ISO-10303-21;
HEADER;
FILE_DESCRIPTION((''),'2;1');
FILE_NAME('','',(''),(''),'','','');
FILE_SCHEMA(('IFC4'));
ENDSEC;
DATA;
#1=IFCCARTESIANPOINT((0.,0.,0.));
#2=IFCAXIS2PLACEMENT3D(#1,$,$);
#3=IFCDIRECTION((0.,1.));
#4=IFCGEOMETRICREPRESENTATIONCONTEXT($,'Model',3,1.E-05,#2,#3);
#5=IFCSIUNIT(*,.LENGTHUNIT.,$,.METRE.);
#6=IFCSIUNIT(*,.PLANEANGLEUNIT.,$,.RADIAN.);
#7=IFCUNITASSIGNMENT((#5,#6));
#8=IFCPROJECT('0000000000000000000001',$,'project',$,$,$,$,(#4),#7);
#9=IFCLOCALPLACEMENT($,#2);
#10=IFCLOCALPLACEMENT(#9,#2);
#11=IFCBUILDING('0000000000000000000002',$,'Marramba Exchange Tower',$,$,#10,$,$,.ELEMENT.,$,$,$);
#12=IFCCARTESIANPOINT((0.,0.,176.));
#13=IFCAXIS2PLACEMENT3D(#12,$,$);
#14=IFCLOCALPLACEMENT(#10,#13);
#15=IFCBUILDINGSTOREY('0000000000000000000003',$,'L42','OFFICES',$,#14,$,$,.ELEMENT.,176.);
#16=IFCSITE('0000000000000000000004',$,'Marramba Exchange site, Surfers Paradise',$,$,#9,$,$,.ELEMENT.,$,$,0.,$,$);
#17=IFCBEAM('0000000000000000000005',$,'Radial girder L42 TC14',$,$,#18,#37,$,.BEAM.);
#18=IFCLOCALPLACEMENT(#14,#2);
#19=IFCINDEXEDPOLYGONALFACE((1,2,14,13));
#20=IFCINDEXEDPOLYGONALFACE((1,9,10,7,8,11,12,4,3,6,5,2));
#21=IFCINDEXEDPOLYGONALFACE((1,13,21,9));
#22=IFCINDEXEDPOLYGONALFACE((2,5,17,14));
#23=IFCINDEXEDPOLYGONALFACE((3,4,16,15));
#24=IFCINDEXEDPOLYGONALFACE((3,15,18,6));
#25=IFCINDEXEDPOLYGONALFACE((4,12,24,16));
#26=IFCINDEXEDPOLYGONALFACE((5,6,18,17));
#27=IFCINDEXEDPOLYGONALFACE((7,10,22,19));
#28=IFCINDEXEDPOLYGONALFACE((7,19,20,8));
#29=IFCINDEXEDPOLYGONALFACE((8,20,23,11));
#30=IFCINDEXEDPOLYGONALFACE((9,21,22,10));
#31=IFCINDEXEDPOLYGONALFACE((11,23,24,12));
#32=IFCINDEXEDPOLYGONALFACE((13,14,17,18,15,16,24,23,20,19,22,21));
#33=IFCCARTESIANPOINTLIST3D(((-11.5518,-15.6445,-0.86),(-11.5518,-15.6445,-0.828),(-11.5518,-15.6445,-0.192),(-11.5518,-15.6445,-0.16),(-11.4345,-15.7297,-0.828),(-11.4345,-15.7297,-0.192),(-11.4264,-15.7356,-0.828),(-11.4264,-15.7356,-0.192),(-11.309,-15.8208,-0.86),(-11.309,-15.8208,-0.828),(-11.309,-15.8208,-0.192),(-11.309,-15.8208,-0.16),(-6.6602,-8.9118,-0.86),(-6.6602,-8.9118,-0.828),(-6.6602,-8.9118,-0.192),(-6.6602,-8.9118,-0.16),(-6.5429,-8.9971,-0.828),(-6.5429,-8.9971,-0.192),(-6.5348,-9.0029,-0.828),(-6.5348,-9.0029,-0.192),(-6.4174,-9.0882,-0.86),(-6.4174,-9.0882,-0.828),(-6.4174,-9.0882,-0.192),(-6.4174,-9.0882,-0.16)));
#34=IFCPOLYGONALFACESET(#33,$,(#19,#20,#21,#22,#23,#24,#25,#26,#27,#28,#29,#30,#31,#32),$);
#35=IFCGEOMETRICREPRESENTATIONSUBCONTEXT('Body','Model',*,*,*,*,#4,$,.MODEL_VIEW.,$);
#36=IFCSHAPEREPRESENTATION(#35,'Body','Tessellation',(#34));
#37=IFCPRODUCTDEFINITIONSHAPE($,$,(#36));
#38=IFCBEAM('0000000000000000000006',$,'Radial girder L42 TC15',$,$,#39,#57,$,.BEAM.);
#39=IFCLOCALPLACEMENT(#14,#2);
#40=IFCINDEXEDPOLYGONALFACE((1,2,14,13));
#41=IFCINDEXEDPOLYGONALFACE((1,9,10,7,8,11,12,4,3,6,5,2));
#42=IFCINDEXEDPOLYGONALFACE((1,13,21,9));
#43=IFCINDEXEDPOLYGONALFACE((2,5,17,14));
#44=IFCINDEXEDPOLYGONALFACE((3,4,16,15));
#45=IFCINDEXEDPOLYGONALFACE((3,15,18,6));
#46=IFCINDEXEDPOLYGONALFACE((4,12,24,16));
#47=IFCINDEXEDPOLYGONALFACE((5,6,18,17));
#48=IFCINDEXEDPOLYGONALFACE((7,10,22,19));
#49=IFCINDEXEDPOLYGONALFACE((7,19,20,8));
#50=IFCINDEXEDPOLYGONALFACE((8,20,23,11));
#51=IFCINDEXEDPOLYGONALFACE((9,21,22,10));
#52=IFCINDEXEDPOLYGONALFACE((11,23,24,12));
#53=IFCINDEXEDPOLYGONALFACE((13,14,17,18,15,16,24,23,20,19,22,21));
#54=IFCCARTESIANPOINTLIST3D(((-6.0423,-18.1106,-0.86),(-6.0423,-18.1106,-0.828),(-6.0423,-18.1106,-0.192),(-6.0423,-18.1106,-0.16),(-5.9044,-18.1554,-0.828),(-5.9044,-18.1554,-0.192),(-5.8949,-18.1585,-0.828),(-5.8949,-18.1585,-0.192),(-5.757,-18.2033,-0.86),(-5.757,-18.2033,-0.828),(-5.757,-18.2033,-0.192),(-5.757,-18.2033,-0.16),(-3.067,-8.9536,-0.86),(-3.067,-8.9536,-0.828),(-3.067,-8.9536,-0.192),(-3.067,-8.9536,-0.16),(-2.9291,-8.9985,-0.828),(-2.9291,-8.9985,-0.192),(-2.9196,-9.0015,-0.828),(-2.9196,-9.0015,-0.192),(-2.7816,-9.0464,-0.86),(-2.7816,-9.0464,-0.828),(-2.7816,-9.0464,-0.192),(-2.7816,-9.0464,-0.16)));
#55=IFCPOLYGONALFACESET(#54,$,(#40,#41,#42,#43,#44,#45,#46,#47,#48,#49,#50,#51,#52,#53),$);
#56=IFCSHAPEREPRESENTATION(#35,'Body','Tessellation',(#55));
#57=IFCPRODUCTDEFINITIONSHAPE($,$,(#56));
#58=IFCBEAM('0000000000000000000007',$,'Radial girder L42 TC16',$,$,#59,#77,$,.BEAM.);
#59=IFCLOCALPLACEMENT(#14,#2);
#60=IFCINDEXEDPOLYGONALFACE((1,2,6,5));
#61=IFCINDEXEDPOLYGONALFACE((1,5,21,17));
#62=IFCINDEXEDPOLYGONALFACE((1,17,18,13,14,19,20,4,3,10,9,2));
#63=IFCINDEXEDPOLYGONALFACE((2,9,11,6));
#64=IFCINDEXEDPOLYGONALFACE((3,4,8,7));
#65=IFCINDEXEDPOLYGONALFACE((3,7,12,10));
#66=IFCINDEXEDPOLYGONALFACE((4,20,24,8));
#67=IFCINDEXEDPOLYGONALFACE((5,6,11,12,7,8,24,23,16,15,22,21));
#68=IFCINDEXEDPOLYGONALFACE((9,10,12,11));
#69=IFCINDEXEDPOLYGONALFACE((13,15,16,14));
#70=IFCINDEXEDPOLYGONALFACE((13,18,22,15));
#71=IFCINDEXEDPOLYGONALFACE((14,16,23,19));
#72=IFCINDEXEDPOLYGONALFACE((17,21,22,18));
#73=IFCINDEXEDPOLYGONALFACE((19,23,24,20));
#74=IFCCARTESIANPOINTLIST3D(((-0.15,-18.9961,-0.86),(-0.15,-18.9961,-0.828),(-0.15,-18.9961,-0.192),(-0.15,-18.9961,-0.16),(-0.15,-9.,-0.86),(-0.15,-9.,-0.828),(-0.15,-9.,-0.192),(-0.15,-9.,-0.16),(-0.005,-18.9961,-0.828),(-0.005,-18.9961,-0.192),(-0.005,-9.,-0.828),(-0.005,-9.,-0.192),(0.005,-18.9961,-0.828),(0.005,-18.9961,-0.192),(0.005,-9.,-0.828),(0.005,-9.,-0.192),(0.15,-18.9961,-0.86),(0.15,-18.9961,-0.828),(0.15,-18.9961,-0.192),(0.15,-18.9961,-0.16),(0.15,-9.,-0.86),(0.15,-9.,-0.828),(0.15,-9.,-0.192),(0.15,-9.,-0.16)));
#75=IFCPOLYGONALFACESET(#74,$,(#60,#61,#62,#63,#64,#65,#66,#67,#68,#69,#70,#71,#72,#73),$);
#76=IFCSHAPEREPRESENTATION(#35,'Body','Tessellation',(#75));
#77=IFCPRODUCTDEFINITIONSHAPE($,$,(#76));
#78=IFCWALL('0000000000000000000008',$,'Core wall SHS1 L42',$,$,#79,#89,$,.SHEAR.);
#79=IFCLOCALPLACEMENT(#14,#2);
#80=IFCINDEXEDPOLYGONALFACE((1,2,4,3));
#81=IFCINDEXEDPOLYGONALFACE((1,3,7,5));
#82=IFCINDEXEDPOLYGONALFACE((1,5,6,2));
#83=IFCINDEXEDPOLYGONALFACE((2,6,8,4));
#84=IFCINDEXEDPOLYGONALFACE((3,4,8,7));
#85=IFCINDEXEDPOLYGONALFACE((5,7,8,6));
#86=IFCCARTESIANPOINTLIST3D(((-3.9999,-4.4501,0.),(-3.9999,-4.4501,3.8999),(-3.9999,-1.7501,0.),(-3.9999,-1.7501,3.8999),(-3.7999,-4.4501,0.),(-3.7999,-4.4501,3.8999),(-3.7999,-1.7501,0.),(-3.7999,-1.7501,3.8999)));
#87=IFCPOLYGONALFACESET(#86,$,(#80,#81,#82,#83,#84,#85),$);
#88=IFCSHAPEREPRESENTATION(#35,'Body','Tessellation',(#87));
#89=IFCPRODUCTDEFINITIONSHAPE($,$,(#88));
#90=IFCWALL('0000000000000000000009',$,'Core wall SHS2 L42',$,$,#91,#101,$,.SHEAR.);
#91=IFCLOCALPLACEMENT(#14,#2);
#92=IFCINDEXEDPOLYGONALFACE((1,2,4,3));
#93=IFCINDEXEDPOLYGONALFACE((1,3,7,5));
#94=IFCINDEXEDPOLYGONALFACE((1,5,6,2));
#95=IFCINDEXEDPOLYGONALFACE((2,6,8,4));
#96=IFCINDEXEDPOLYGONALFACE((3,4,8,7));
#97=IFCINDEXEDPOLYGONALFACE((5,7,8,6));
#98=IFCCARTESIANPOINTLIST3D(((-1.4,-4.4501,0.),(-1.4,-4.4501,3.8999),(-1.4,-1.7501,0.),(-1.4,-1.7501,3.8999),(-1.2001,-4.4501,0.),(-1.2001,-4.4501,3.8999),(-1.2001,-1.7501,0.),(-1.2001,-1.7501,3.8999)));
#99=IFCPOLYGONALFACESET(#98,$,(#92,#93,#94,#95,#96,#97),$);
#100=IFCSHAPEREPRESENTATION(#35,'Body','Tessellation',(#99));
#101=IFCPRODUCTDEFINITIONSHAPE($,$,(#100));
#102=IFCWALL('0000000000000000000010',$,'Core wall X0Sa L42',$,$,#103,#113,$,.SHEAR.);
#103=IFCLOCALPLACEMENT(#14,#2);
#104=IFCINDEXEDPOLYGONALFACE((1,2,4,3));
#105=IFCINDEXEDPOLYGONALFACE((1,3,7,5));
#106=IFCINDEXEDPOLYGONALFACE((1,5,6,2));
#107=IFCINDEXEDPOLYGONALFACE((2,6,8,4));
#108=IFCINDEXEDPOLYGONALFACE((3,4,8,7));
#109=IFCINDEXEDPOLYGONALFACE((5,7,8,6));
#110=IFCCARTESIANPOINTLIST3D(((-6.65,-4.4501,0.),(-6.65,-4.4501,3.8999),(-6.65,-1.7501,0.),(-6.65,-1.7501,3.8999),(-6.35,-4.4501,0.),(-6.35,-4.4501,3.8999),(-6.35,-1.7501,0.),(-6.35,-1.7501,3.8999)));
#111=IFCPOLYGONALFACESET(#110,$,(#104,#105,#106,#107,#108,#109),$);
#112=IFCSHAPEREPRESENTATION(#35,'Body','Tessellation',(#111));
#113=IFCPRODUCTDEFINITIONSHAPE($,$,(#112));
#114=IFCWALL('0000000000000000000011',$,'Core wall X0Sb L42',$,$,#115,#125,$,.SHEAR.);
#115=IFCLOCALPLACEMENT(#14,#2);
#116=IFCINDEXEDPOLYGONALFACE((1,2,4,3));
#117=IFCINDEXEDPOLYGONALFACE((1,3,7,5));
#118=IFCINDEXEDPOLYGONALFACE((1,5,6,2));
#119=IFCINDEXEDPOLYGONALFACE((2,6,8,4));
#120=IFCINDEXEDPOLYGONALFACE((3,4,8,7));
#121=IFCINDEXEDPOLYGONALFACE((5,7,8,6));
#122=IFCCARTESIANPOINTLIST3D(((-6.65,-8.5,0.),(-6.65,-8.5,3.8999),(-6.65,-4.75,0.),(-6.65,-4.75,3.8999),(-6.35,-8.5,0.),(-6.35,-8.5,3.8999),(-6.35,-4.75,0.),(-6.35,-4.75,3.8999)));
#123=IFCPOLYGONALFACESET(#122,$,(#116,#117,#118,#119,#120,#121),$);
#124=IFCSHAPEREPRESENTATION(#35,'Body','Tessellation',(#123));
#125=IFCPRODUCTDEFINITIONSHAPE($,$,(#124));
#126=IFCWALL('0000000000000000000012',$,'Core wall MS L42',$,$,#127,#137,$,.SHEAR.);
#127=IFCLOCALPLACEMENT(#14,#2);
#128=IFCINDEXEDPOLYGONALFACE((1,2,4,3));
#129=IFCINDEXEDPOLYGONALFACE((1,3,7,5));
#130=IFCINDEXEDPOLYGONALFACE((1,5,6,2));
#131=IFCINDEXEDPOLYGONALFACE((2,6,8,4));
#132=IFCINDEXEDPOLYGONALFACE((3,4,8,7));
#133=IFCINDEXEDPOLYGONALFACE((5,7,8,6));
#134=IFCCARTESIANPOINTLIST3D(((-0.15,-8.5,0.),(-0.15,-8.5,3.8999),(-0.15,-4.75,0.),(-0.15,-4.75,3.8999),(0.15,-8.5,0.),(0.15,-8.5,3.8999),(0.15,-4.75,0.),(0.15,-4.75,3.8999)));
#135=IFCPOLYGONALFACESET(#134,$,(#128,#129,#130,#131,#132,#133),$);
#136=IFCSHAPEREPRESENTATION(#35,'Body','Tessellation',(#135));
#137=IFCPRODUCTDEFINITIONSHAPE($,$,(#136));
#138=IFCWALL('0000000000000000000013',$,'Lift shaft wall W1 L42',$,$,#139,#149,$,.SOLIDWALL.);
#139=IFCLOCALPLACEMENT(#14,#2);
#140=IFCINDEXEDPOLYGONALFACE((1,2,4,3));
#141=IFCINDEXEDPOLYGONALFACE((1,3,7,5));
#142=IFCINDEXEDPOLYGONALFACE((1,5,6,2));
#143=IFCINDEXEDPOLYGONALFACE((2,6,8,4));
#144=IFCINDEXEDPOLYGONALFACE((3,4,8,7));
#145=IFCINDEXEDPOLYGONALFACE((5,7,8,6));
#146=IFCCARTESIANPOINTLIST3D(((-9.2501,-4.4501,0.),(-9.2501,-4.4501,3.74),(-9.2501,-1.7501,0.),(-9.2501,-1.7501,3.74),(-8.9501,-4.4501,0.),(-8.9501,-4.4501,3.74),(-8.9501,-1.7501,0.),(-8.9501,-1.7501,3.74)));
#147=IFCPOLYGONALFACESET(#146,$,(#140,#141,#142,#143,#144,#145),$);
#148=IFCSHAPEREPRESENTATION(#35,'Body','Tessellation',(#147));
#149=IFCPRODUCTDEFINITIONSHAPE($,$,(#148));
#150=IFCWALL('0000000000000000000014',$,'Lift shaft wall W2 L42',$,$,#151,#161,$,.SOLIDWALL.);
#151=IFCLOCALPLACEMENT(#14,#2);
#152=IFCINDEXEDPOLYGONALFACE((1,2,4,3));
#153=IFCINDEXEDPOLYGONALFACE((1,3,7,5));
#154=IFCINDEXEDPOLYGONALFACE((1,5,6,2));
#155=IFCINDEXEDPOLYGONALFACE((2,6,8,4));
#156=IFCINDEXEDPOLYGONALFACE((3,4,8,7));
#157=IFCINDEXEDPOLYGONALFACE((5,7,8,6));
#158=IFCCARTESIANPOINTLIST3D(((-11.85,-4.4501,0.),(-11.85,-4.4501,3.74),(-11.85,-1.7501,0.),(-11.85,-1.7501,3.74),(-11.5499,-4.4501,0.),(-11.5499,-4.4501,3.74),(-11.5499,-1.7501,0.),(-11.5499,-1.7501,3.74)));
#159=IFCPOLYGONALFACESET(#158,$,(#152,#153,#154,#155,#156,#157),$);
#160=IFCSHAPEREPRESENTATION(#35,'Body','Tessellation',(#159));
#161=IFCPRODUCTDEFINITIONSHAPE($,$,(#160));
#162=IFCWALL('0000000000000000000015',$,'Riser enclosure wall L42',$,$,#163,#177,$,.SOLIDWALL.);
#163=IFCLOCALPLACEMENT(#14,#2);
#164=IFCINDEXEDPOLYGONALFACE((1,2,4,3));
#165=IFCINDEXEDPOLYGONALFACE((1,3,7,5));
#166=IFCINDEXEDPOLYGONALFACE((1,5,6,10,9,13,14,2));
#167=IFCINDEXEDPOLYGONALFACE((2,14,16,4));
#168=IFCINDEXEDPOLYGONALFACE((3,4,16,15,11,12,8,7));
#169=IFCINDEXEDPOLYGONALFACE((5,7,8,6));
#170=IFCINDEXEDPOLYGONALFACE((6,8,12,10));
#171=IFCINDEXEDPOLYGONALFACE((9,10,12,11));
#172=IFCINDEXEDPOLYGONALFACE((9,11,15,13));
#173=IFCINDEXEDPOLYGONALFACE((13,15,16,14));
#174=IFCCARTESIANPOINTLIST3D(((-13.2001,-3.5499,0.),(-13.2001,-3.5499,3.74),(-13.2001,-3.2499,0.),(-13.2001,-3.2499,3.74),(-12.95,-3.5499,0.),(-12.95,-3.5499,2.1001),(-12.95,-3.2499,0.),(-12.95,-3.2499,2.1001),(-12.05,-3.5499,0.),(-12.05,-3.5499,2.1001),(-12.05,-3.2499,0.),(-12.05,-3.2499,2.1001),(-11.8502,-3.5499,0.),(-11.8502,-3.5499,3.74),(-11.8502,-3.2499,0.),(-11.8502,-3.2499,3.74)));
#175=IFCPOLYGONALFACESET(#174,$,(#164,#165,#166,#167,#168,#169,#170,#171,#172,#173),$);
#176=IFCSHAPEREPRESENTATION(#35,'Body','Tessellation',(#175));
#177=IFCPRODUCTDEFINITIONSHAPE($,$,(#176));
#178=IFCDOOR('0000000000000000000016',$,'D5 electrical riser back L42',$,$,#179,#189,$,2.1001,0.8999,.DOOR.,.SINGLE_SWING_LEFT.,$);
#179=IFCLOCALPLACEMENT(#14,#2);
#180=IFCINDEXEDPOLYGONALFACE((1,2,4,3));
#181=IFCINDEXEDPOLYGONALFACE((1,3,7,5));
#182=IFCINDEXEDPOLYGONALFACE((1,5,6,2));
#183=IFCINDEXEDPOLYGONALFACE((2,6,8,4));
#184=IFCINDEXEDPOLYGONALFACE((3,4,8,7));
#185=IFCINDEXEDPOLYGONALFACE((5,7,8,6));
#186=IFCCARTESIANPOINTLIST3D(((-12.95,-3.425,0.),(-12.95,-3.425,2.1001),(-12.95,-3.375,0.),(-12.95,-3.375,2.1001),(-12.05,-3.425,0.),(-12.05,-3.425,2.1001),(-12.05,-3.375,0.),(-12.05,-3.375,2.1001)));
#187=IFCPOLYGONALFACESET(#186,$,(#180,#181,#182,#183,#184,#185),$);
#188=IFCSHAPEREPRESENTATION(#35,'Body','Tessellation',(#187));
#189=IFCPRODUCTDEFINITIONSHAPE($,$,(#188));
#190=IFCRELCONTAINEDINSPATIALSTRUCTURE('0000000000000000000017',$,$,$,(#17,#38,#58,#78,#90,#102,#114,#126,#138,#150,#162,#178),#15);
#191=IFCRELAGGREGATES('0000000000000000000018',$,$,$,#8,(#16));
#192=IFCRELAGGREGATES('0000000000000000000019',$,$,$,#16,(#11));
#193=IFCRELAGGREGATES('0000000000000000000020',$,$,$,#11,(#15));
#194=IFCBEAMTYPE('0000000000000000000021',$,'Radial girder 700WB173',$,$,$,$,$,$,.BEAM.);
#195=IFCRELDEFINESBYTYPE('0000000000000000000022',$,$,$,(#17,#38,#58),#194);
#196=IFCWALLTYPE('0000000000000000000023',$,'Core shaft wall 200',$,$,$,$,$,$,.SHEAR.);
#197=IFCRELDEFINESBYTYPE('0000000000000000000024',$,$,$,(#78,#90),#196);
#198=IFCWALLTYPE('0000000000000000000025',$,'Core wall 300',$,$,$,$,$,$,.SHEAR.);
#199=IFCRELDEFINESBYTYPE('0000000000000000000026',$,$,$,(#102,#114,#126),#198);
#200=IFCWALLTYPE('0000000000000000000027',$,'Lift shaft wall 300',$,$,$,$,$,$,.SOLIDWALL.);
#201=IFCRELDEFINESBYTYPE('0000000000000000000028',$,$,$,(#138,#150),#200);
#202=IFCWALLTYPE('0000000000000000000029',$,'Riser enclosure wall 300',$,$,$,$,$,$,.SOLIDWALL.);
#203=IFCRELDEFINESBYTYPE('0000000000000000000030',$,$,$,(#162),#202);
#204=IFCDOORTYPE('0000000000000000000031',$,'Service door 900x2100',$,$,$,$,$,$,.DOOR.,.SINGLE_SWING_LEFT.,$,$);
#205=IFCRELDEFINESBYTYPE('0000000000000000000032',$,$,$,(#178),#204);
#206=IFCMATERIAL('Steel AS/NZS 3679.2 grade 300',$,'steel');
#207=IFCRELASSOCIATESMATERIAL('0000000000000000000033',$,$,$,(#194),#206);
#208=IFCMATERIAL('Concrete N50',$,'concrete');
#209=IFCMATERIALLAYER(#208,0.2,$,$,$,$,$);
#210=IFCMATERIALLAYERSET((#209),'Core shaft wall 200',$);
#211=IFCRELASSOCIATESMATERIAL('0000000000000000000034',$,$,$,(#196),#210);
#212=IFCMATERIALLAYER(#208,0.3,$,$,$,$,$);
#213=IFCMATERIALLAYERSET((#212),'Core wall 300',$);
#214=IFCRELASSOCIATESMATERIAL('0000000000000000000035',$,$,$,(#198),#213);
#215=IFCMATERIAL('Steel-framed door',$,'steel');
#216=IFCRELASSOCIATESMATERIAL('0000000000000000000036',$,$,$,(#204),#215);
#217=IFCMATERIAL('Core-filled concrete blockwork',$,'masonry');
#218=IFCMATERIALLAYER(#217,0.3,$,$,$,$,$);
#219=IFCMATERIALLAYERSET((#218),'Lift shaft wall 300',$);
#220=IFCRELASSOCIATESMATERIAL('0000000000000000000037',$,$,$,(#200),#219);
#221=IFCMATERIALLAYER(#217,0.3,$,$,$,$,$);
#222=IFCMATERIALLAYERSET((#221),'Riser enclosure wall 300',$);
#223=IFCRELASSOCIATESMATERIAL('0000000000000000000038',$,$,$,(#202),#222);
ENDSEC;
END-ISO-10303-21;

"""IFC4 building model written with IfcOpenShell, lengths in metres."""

from ifc_helpers import new_model, si_unit, direction, frame, frame_2d, origin, origin_2d, place, context, subcontext, project, spatial, rectangle, i_section, extrude, material, layer, layer_set, material_profile, profile_set, type_object, element, fill, save


model = new_model("IFC4")

# Units and contexts
model_context = context("Model", 3, precision=1e-05, world=origin(), true_north=direction((0.0, 1.0)))
body_context = subcontext(model_context, "Body", "Model", "MODEL_VIEW")
ifc_project = project(units=[si_unit("LENGTHUNIT", "METRE"), si_unit("PLANEANGLEUNIT", "RADIAN")], contexts=[model_context])

# Site, building, storey
site_placement = place(None, origin())
site = spatial("IfcSite", under=ifc_project, at=site_placement, Name="Marramba Exchange site, Surfers Paradise", CompositionType="ELEMENT", RefElevation=0.0)
building_placement = place(site_placement, origin())
building = spatial("IfcBuilding", under=site, at=building_placement, Name="Marramba Exchange Tower", CompositionType="ELEMENT")
storey_placement = place(building_placement, frame((0.0, 0.0, 176.0)))
storey = spatial("IfcBuildingStorey", under=building, at=storey_placement, Name="L42", Description="OFFICES", CompositionType="ELEMENT", Elevation=176.0)

# Beams
ifc_material_1 = material(Name="Steel AS/NZS 3679.2 grade 300", Category="steel")
ifc_material_profile = material_profile(ifc_material_1, i_section(OverallWidth=0.3, OverallDepth=0.7, WebThickness=0.01, FlangeThickness=0.032, at=origin_2d()), Name="700WB173")
ifc_profile_set = profile_set([ifc_material_profile], Name="Steel AS/NZS 3679.2 grade 300")
beam_type = type_object("IfcBeamType", Name="Radial girder 700WB173", PredefinedType="BEAM", material=ifc_profile_set)
beam_1_placement = place(storey_placement, frame((-6.5388, -9.0, -0.51), z_axis=(-0.587788, -0.809015, 0.0), x_axis=(0.809015, -0.587788, 0.0)))
element("IfcBeam", 1, at=beam_1_placement, inside=storey, type_object=beam_type, Name="Radial girder L42 TC14", PredefinedType="BEAM", context=body_context, shape_type="SweptSolid", body=[
    extrude(i_section(OverallWidth=0.3, OverallDepth=0.7, WebThickness=0.01, FlangeThickness=0.032, at=origin_2d()), origin(), (0.0, 0.0, 1.0), 8.322),
])
beam_2_placement = place(storey_placement, frame((-2.9243, -9.0, -0.51), z_axis=(-0.309022, -0.951055, 0.0), x_axis=(0.951055, -0.309022, 0.0)))
element("IfcBeam", 2, at=beam_2_placement, inside=storey, type_object=beam_type, Name="Radial girder L42 TC15", PredefinedType="BEAM", context=body_context, shape_type="SweptSolid", body=[
    extrude(i_section(OverallWidth=0.3, OverallDepth=0.7, WebThickness=0.01, FlangeThickness=0.032, at=origin_2d()), origin(), (0.0, 0.0, 1.0), 9.6282),
])
beam_3_placement = place(storey_placement, frame((0.0, -9.0, -0.51), z_axis=(0.0, -1.0, 0.0), x_axis=(1.0, 0.0, 0.0)))
element("IfcBeam", 3, at=beam_3_placement, inside=storey, type_object=beam_type, Name="Radial girder L42 TC16", PredefinedType="BEAM", context=body_context, shape_type="SweptSolid", body=[
    extrude(i_section(OverallWidth=0.3, OverallDepth=0.7, WebThickness=0.01, FlangeThickness=0.032, at=origin_2d()), origin(), (0.0, 0.0, 1.0), 9.9961),
])

# Walls
ifc_material_2 = material(Name="Concrete N50", Category="concrete")
ifc_layer_1 = layer(ifc_material_2, 0.2)
ifc_layer_set_1 = layer_set([ifc_layer_1], Name="Core shaft wall 200")
wall_type_1 = type_object("IfcWallType", Name="Core shaft wall 200", PredefinedType="SHEAR", material=ifc_layer_set_1)
for number, where, z_axis, x_axis, name in (
    (4, (-3.8999, -1.75, 0.0), (0.0, 0.0, 1.0), (0.0, -1.0, 0.0), "Core wall SHS1 L42"),
    (5, (-1.3, -1.75, 0.0), (0.0, 0.0, 1.0), (0.0, -1.0, 0.0), "Core wall SHS2 L42"),
):
    element("IfcWall", number, at=place(storey_placement, frame(where, z_axis=z_axis, x_axis=x_axis)), inside=storey, type_object=wall_type_1, Name=name, PredefinedType="SHEAR", context=body_context, shape_type="SweptSolid", body=[
        extrude(rectangle(XDim=2.7, YDim=0.2, at=frame_2d((1.3501, 0.0))), origin(), (0.0, 0.0, 1.0), 3.8999),
    ])

# Shared definitions
ifc_layer_2 = layer(ifc_material_2, 0.3)
ifc_layer_set_2 = layer_set([ifc_layer_2], Name="Core wall 300")
wall_type_2 = type_object("IfcWallType", Name="Core wall 300", PredefinedType="SHEAR", material=ifc_layer_set_2)
ifc_material_3 = material(Name="Steel-framed door", Category="steel")
door_type_1 = type_object("IfcDoorType", Name="Service door 900x2100", OperationType="SINGLE_SWING_LEFT", PredefinedType="DOOR", material=ifc_material_3)

# Walls
wall_1_placement = place(storey_placement, frame((-6.5, -1.75, 0.0), z_axis=(0.0, 0.0, 1.0), x_axis=(0.0, -1.0, 0.0)))
element("IfcWall", 6, at=wall_1_placement, inside=storey, type_object=wall_type_2, Name="Core wall X0Sa L42", PredefinedType="SHEAR", context=body_context, shape_type="SweptSolid", body=[
    extrude(rectangle(XDim=2.7, YDim=0.3, at=frame_2d((1.3501, 0.0))), origin(), (0.0, 0.0, 1.0), 3.8999),
])
for number, where, z_axis, x_axis, name in (
    (7, (-6.5, -4.75, 0.0), (0.0, 0.0, 1.0), (0.0, -1.0, 0.0), "Core wall X0Sb L42"),
    (8, (0.0, -4.75, 0.0), (0.0, 0.0, 1.0), (0.0, -1.0, 0.0), "Core wall MS L42"),
):
    element("IfcWall", number, at=place(storey_placement, frame(where, z_axis=z_axis, x_axis=x_axis)), inside=storey, type_object=wall_type_2, Name=name, PredefinedType="SHEAR", context=body_context, shape_type="SweptSolid", body=[
        extrude(rectangle(XDim=3.75, YDim=0.3, at=frame_2d((1.875, 0.0))), origin(), (0.0, 0.0, 1.0), 3.8999),
    ])
ifc_material_4 = material(Name="Core-filled concrete blockwork", Category="masonry")
ifc_layer_3 = layer(ifc_material_4, 0.3)
ifc_layer_set_3 = layer_set([ifc_layer_3], Name="Lift shaft wall 300")
wall_type_3 = type_object("IfcWallType", Name="Lift shaft wall 300", PredefinedType="SOLIDWALL", material=ifc_layer_set_3)
for number, where, z_axis, x_axis, name in (
    (9, (-9.1001, -1.75, 0.0), (0.0, 0.0, 1.0), (0.0, -1.0, 0.0), "Lift shaft wall W1 L42"),
    (10, (-11.7, -1.75, 0.0), (0.0, 0.0, 1.0), (0.0, -1.0, 0.0), "Lift shaft wall W2 L42"),
):
    element("IfcWall", number, at=place(storey_placement, frame(where, z_axis=z_axis, x_axis=x_axis)), inside=storey, type_object=wall_type_3, Name=name, PredefinedType="SOLIDWALL", context=body_context, shape_type="SweptSolid", body=[
        extrude(rectangle(XDim=2.7, YDim=0.3, at=frame_2d((1.3501, 0.0))), origin(), (0.0, 0.0, 1.0), 3.74),
    ])

# Wall, opening, door
ifc_layer_4 = layer(ifc_material_4, 0.3)
ifc_layer_set_4 = layer_set([ifc_layer_4], Name="Riser enclosure wall 300")
wall_type_4 = type_object("IfcWallType", Name="Riser enclosure wall 300", PredefinedType="SOLIDWALL", material=ifc_layer_set_4)
wall_2_placement = place(storey_placement, frame((-13.2, -3.3999, 0.0), z_axis=(0.0, 0.0, 1.0), x_axis=(1.0, 0.0, 0.0)))
wall_2 = element("IfcWall", 11, at=wall_2_placement, inside=storey, type_object=wall_type_4, Name="Riser enclosure wall L42", PredefinedType="SOLIDWALL", context=body_context, shape_type="SweptSolid", body=[
    extrude(rectangle(XDim=1.3499, YDim=0.3, at=frame_2d((0.6748, 0.0))), origin(), (0.0, 0.0, 1.0), 3.74),
])
opening_1_placement = place(wall_2_placement, frame((0.25, 0.0, 0.0)))
opening_1 = element("IfcOpeningElement", 12, at=opening_1_placement, cuts=wall_2, PredefinedType="OPENING", context=body_context, shape_type="SweptSolid", body=[
    extrude(rectangle(XDim=0.8999, YDim=2.1001, at=frame_2d((0.45, 1.05))), frame((0.0, 0.1599, 0.0), z_axis=(0.0, -1.0, 0.0), x_axis=(1.0, 0.0, 0.0)), (0.0, 0.0, 1.0), 0.3201),
])
door_1_placement = place(opening_1_placement, frame((0.8999, 0.0, 0.0), z_axis=(0.0, 0.0, 1.0), x_axis=(-1.0, 0.0, 0.0)))
door_1 = element("IfcDoor", 13, at=door_1_placement, inside=storey, type_object=door_type_1, Name="D5 electrical riser back L42", OperationType="SINGLE_SWING_LEFT", OverallHeight=2.1001, OverallWidth=0.8999, PredefinedType="DOOR", context=body_context, shape_type="SweptSolid", body=[
    extrude(rectangle(XDim=0.8999, YDim=2.1001, at=frame_2d((0.45, 1.05))), frame((0.0, 0.0251, 0.0), z_axis=(0.0, -1.0, 0.0), x_axis=(1.0, 0.0, 0.0)), (0.0, 0.0, 1.0), 0.05),
])
fill(opening_1, door_1)

save(model, "model.ifc")
